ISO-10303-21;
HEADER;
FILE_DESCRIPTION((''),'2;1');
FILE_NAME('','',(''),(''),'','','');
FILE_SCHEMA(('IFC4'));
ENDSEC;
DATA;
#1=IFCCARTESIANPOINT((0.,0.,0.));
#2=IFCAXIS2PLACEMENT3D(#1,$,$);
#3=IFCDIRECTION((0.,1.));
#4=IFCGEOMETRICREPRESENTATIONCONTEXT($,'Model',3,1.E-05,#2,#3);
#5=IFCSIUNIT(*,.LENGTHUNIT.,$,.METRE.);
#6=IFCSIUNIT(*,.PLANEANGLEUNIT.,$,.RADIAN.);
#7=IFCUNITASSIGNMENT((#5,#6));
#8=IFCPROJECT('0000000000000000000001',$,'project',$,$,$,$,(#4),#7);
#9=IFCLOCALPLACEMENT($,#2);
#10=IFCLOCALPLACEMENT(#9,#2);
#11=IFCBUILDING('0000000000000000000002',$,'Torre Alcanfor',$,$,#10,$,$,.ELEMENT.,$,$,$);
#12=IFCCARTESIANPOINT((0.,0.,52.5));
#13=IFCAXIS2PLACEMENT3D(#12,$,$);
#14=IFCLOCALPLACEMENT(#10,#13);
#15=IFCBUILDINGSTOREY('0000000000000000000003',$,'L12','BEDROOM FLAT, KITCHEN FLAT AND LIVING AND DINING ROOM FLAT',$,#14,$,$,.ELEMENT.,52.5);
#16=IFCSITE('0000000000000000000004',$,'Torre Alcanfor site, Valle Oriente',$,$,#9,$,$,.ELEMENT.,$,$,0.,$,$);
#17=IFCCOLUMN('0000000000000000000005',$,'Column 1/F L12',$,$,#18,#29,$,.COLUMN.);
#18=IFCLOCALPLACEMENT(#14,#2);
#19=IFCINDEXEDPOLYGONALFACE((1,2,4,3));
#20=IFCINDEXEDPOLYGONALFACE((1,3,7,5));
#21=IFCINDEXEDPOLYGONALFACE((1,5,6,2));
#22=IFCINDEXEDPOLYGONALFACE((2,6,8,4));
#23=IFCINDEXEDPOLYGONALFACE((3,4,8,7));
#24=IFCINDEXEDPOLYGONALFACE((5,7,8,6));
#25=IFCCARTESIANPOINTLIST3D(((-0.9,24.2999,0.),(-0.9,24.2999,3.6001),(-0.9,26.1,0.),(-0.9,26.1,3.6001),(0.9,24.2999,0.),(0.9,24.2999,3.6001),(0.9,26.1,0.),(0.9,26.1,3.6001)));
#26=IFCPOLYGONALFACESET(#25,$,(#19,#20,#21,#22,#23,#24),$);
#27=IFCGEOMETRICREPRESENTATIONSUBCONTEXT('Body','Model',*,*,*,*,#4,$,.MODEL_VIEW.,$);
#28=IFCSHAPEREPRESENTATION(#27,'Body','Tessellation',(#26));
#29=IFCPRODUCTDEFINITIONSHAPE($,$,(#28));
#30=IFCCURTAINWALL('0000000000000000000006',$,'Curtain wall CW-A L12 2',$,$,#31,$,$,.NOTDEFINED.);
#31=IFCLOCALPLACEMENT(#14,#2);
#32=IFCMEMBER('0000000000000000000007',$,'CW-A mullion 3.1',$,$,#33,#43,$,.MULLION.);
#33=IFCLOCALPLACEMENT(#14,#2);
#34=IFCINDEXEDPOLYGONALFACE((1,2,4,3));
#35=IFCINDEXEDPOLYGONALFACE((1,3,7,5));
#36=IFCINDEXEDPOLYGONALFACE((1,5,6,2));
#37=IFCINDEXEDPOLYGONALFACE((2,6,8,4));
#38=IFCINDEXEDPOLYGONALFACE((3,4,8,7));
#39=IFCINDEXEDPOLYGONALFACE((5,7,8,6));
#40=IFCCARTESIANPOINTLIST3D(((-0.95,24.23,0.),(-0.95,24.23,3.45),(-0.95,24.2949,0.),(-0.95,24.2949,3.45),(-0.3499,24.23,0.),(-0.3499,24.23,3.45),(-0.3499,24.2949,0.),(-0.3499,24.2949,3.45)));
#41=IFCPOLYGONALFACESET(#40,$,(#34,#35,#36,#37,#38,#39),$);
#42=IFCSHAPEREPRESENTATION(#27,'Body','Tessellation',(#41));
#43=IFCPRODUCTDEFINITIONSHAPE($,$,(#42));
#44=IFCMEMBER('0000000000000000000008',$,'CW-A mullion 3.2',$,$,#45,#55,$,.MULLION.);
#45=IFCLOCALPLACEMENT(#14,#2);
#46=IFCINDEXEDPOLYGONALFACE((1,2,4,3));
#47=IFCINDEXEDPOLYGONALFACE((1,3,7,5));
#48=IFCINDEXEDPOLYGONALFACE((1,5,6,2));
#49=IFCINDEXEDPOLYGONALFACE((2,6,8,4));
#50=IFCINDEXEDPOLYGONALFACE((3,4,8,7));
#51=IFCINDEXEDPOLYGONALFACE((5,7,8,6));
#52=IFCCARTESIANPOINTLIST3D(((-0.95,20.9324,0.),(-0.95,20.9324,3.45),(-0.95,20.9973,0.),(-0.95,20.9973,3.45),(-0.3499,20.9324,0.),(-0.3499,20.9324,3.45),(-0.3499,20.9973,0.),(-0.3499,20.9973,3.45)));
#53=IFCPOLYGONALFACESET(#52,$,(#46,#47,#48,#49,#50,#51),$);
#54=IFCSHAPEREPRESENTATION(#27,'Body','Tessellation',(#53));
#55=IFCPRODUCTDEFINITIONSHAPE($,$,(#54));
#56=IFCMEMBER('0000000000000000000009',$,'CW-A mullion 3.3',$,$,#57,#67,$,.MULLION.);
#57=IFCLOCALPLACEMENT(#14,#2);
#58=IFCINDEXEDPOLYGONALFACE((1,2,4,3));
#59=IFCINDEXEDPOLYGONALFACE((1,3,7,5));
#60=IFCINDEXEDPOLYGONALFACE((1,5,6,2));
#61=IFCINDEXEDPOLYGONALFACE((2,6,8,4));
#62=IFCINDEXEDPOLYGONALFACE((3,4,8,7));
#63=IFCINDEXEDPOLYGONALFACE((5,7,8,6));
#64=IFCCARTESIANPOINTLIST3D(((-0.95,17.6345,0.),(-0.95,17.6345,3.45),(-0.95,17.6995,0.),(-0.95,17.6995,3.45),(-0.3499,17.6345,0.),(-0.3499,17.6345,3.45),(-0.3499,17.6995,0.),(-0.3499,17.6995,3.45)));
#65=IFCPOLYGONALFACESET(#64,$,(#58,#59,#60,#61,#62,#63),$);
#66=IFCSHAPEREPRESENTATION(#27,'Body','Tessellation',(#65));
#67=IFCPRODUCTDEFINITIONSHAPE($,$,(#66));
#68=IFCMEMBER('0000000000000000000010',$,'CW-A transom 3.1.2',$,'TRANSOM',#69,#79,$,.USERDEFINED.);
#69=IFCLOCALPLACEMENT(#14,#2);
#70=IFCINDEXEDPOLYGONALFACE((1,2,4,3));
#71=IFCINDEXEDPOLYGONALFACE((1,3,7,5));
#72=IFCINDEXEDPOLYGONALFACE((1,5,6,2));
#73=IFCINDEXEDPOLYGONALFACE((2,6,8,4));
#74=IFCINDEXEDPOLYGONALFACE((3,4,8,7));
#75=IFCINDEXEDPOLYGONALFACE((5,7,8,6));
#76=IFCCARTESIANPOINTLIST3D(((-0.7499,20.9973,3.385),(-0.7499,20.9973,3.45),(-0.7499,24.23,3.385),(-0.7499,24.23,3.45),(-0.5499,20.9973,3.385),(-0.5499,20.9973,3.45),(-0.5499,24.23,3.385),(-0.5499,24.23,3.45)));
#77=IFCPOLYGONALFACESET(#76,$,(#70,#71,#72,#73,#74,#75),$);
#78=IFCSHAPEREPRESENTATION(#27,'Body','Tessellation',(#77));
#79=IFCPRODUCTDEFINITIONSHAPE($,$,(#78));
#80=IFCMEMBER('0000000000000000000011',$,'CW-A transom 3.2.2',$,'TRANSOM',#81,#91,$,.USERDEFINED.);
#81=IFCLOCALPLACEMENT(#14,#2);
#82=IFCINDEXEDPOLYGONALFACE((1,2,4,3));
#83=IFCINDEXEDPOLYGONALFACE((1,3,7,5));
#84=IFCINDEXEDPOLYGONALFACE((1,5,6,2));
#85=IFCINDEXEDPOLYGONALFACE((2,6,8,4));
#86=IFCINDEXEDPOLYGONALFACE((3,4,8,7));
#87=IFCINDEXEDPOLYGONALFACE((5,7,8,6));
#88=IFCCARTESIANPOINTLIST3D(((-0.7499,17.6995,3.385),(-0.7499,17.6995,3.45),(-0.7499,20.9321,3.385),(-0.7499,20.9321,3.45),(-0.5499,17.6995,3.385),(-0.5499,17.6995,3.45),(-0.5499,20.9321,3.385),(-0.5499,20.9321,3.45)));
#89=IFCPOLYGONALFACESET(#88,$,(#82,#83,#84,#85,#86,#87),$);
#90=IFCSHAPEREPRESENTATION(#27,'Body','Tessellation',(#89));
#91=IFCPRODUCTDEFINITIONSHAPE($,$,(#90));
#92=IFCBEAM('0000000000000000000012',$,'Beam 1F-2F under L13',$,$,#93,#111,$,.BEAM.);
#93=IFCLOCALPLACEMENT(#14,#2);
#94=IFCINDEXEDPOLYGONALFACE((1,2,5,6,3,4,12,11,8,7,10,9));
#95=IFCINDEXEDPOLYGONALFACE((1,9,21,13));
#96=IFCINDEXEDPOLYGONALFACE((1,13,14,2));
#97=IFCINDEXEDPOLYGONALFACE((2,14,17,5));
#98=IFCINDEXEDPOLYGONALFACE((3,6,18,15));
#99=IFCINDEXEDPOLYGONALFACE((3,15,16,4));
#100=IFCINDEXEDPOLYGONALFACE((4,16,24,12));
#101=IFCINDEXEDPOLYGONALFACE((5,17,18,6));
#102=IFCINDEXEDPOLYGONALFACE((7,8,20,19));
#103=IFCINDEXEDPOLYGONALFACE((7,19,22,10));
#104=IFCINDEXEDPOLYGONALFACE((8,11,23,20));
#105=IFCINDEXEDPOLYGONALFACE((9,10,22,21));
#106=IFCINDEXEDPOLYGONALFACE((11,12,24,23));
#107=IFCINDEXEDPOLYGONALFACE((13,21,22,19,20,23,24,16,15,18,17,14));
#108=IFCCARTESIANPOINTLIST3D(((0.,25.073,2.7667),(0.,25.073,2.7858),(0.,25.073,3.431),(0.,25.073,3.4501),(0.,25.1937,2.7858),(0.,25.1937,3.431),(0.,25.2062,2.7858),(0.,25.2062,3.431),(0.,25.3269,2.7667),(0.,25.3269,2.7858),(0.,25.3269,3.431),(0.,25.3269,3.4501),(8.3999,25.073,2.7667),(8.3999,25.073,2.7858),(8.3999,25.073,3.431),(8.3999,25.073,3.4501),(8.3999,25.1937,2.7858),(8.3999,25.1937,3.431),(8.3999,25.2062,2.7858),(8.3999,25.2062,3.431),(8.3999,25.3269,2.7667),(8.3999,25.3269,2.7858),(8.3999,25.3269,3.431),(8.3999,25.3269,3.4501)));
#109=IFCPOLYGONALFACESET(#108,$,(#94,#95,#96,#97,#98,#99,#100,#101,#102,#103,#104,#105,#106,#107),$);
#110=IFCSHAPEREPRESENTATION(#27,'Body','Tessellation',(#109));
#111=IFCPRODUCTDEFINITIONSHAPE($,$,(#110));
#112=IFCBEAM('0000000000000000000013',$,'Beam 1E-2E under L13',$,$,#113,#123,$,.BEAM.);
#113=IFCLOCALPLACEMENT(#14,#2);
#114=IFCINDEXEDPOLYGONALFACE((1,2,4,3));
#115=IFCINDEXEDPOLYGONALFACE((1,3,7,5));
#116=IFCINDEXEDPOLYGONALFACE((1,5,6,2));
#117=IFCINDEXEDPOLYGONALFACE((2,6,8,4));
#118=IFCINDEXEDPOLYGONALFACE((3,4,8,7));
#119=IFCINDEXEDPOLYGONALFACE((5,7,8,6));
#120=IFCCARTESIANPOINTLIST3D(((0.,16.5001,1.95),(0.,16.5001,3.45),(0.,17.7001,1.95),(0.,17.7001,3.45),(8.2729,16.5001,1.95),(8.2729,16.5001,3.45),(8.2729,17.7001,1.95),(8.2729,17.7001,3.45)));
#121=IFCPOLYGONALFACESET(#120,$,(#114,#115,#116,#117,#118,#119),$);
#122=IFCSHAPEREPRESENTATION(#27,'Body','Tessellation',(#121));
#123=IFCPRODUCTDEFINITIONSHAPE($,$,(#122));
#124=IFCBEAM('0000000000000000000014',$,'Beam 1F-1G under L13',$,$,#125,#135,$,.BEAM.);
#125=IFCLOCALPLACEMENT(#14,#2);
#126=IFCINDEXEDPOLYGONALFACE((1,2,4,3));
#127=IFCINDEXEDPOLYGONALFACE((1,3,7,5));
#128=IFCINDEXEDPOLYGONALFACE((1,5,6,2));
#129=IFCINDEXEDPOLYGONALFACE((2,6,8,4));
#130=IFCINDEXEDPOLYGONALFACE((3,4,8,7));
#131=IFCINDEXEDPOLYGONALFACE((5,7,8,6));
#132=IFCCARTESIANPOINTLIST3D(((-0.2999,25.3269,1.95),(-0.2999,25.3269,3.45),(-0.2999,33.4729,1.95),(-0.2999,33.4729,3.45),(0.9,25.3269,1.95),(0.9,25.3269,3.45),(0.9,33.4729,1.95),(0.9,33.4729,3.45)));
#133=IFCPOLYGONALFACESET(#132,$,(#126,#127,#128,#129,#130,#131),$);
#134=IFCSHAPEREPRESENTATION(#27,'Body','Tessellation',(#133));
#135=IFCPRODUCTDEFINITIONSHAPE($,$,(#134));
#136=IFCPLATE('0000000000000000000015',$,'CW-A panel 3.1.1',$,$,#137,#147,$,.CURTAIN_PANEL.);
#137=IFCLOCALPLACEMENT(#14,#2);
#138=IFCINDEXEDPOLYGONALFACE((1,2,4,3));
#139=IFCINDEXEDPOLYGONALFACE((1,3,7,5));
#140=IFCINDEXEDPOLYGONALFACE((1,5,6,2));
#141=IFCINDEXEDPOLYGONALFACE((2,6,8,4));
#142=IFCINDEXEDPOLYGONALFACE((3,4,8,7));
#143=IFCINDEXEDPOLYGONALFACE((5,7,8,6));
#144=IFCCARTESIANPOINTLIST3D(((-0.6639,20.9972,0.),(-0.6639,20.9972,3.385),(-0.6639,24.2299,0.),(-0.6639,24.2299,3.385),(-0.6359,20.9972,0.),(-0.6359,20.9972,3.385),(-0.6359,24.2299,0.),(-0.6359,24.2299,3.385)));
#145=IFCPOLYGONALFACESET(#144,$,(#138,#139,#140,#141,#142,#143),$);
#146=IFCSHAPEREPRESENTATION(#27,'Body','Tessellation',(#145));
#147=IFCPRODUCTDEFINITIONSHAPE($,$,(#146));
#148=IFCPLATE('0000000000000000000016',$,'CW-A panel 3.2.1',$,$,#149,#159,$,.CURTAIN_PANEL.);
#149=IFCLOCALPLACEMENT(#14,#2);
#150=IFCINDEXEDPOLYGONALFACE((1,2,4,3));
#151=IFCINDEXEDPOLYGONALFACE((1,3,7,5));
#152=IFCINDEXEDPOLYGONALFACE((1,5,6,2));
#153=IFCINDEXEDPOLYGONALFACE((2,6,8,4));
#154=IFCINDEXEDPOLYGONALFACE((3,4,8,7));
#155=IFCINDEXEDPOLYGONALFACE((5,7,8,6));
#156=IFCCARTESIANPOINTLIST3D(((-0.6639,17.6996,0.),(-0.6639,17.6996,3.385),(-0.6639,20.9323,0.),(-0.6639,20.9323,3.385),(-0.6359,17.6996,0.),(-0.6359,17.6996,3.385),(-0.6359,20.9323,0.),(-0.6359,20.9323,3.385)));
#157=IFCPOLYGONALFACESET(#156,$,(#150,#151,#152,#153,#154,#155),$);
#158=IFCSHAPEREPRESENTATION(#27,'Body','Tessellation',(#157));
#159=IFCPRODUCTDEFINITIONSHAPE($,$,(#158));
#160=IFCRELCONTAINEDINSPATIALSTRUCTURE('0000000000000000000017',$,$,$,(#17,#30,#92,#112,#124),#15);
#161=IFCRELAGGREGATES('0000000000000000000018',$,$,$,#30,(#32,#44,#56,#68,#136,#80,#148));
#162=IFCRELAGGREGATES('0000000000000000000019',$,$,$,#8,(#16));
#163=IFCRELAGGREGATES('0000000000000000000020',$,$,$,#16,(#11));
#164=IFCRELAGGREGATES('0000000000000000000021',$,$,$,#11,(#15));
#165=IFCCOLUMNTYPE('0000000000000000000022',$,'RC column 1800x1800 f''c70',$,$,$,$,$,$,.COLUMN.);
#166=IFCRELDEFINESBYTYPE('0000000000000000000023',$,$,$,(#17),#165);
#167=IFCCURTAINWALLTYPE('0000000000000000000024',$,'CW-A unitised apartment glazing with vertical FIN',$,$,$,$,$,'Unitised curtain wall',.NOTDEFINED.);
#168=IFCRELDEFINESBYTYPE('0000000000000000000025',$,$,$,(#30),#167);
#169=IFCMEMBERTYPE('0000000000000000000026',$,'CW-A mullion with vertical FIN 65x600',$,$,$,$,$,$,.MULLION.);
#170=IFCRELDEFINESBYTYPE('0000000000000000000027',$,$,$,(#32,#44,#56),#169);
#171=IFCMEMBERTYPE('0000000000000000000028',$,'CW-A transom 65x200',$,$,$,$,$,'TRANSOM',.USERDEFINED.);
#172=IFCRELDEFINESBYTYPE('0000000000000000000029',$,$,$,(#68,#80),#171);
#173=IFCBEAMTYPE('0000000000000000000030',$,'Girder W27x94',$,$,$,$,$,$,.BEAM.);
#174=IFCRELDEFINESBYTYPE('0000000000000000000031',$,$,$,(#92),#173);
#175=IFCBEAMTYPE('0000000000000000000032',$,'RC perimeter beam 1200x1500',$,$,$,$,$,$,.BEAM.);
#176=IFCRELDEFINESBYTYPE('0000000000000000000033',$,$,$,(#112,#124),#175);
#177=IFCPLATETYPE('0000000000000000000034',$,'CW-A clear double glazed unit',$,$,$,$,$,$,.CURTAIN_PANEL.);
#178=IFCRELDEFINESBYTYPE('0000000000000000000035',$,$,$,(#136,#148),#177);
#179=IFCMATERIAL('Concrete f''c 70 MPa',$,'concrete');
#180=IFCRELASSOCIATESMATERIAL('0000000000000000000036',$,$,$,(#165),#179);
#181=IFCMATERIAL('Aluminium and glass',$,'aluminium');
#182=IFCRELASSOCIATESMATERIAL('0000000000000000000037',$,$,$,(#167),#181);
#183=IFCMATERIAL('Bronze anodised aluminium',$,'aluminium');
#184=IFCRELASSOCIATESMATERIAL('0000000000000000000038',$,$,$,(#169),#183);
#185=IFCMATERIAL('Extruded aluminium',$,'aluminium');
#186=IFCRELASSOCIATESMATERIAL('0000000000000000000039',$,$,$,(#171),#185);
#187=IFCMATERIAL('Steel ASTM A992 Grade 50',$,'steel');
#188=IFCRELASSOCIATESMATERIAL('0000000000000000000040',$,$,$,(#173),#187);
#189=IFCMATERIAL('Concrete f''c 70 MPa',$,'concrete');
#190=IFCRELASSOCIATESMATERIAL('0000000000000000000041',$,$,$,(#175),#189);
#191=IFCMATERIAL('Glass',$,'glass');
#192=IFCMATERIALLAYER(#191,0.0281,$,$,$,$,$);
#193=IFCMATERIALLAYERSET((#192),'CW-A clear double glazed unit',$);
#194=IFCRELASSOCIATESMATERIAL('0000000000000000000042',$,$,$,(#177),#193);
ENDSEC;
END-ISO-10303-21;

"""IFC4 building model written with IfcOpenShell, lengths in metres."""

from ifc_helpers import new_model, si_unit, direction, frame, origin, origin_2d, place, context, subcontext, project, spatial, rectangle, i_section, extrude, material, layer, layer_set, material_profile, profile_set, type_object, element, aggregate, save


model = new_model("IFC4")

# Units and contexts
model_context = context("Model", 3, precision=1e-05, world=origin(), true_north=direction((0.0, 1.0)))
body_context = subcontext(model_context, "Body", "Model", "MODEL_VIEW")
ifc_project = project(units=[si_unit("LENGTHUNIT", "METRE"), si_unit("PLANEANGLEUNIT", "RADIAN")], contexts=[model_context])

# Site, building, storey
site_placement = place(None, origin())
site = spatial("IfcSite", under=ifc_project, at=site_placement, Name="Torre Alcanfor site, Valle Oriente", CompositionType="ELEMENT", RefElevation=0.0)
building_placement = place(site_placement, origin())
building = spatial("IfcBuilding", under=site, at=building_placement, Name="Torre Alcanfor", CompositionType="ELEMENT")
storey_placement = place(building_placement, frame((0.0, 0.0, 52.5)))
storey = spatial("IfcBuildingStorey", under=building, at=storey_placement, Name="L12", Description="BEDROOM FLAT, KITCHEN FLAT AND LIVING AND DINING ROOM FLAT", CompositionType="ELEMENT", Elevation=52.5)

# Column
ifc_material_1 = material(Name="Concrete f'c 70 MPa", Category="concrete")
ifc_material_profile_1 = material_profile(ifc_material_1, rectangle(XDim=1.8, YDim=1.8, at=origin_2d()), Name="1800x1800")
ifc_profile_set_1 = profile_set([ifc_material_profile_1], Name="Concrete f'c 70 MPa")
column_type = type_object("IfcColumnType", Name="RC column 1800x1800 f'c70", PredefinedType="COLUMN", material=ifc_profile_set_1)
column_placement = place(storey_placement, frame((0.0, 25.2, 0.0), z_axis=(0.0, 0.0, 1.0), x_axis=(1.0, 0.0, 0.0)))
element("IfcColumn", 1, at=column_placement, inside=storey, type_object=column_type, Name="Column 1/F L12", PredefinedType="COLUMN", context=body_context, shape_type="SweptSolid", body=[
    extrude(rectangle(XDim=1.8, YDim=1.8, at=origin_2d()), origin(), (0.0, 0.0, 1.0), 3.6001),
])

# Curtain wall, members
ifc_material_2 = material(Name="Aluminium and glass", Category="aluminium")
curtain_wall_type = type_object("IfcCurtainWallType", Name="CW-A unitised apartment glazing with vertical FIN", ElementType="Unitised curtain wall", PredefinedType="NOTDEFINED", material=ifc_material_2)
curtain_wall_placement = place(storey_placement, origin())
curtain_wall = element("IfcCurtainWall", 2, at=curtain_wall_placement, inside=storey, type_object=curtain_wall_type, Name="Curtain wall CW-A L12 2", PredefinedType="NOTDEFINED")
ifc_material_3 = material(Name="Bronze anodised aluminium", Category="aluminium")
ifc_material_profile_2 = material_profile(ifc_material_3, rectangle(XDim=0.6001, YDim=0.0649, at=origin_2d()), Name="CW-A mullion 65x600")
ifc_profile_set_2 = profile_set([ifc_material_profile_2], Name="Bronze anodised aluminium")
member_type_1 = type_object("IfcMemberType", Name="CW-A mullion with vertical FIN 65x600", PredefinedType="MULLION", material=ifc_profile_set_2)
member_1_placement = place(storey_placement, frame((-0.6499, 24.2625, 0.0), z_axis=(0.0, 0.0, 1.0), x_axis=(1.0, 0.0, 0.0)))
member_1 = element("IfcMember", 3, at=member_1_placement, type_object=member_type_1, Name="CW-A mullion 3.1", PredefinedType="MULLION", context=body_context, shape_type="SweptSolid", body=[
    extrude(rectangle(XDim=0.6001, YDim=0.0649, at=origin_2d()), origin(), (0.0, 0.0, 1.0), 3.45),
])
member_2_placement = place(storey_placement, frame((-0.6499, 20.9648, 0.0), z_axis=(0.0, 0.0, 1.0), x_axis=(1.0, 0.0, 0.0)))
member_2 = element("IfcMember", 4, at=member_2_placement, type_object=member_type_1, Name="CW-A mullion 3.2", PredefinedType="MULLION", context=body_context, shape_type="SweptSolid", body=[
    extrude(rectangle(XDim=0.6001, YDim=0.0649, at=origin_2d()), origin(), (0.0, 0.0, 1.0), 3.45),
])
member_3_placement = place(storey_placement, frame((-0.6499, 17.667, 0.0), z_axis=(0.0, 0.0, 1.0), x_axis=(1.0, 0.0, 0.0)))
member_3 = element("IfcMember", 5, at=member_3_placement, type_object=member_type_1, Name="CW-A mullion 3.3", PredefinedType="MULLION", context=body_context, shape_type="SweptSolid", body=[
    extrude(rectangle(XDim=0.6001, YDim=0.0649, at=origin_2d()), origin(), (0.0, 0.0, 1.0), 3.45),
])
ifc_material_4 = material(Name="Extruded aluminium", Category="aluminium")
ifc_material_profile_3 = material_profile(ifc_material_4, rectangle(XDim=0.2, YDim=0.0649, at=origin_2d()), Name="CW-A transom 200x65")
ifc_profile_set_3 = profile_set([ifc_material_profile_3], Name="Extruded aluminium")
member_type_2 = type_object("IfcMemberType", Name="CW-A transom 65x200", ElementType="TRANSOM", PredefinedType="USERDEFINED", material=ifc_profile_set_3)
member_4_placement = place(storey_placement, frame((-0.6499, 24.23, 3.4175), z_axis=(0.0, -1.0, 0.0), x_axis=(1.0, 0.0, 0.0)))
member_4 = element("IfcMember", 6, at=member_4_placement, type_object=member_type_2, Name="CW-A transom 3.1.2", ObjectType="TRANSOM", PredefinedType="USERDEFINED", context=body_context, shape_type="SweptSolid", body=[
    extrude(rectangle(XDim=0.2, YDim=0.0649, at=origin_2d()), origin(), (0.0, 0.0, 1.0), 3.2327),
])
member_5_placement = place(storey_placement, frame((-0.6499, 20.9321, 3.4175), z_axis=(0.0, -1.0, 0.0), x_axis=(1.0, 0.0, 0.0)))
member_5 = element("IfcMember", 7, at=member_5_placement, type_object=member_type_2, Name="CW-A transom 3.2.2", ObjectType="TRANSOM", PredefinedType="USERDEFINED", context=body_context, shape_type="SweptSolid", body=[
    extrude(rectangle(XDim=0.2, YDim=0.0649, at=origin_2d()), origin(), (0.0, 0.0, 1.0), 3.2327),
])

# Beams
ifc_material_5 = material(Name="Steel ASTM A992 Grade 50", Category="steel")
ifc_material_profile_4 = material_profile(ifc_material_5, i_section(OverallWidth=0.2539, OverallDepth=0.6833, WebThickness=0.0125, FlangeThickness=0.019, at=origin_2d()), Name="W27x94")
ifc_profile_set_4 = profile_set([ifc_material_profile_4], Name="Steel ASTM A992 Grade 50")
beam_type_1 = type_object("IfcBeamType", Name="Girder W27x94", PredefinedType="BEAM", material=ifc_profile_set_4)
beam_1_placement = place(storey_placement, frame((0.0, 25.2, 3.1084), z_axis=(1.0, 0.0, 0.0), x_axis=(0.0, 1.0, 0.0)))
element("IfcBeam", 8, at=beam_1_placement, inside=storey, type_object=beam_type_1, Name="Beam 1F-2F under L13", PredefinedType="BEAM", context=body_context, shape_type="SweptSolid", body=[
    extrude(i_section(OverallWidth=0.2539, OverallDepth=0.6833, WebThickness=0.0125, FlangeThickness=0.019, at=origin_2d()), origin(), (0.0, 0.0, 1.0), 8.3999),
])
ifc_material_6 = material(Name="Concrete f'c 70 MPa", Category="concrete")
ifc_material_profile_5 = material_profile(ifc_material_6, rectangle(XDim=1.2, YDim=1.5, at=origin_2d()), Name="1200x1500")
ifc_profile_set_5 = profile_set([ifc_material_profile_5], Name="Concrete f'c 70 MPa")
beam_type_2 = type_object("IfcBeamType", Name="RC perimeter beam 1200x1500", PredefinedType="BEAM", material=ifc_profile_set_5)
beam_2_placement = place(storey_placement, frame((0.0, 17.1001, 2.7), z_axis=(1.0, 0.0, 0.0), x_axis=(0.0, 1.0, 0.0)))
element("IfcBeam", 9, at=beam_2_placement, inside=storey, type_object=beam_type_2, Name="Beam 1E-2E under L13", PredefinedType="BEAM", context=body_context, shape_type="SweptSolid", body=[
    extrude(rectangle(XDim=1.2, YDim=1.5, at=origin_2d()), origin(), (0.0, 0.0, 1.0), 8.2729),
])
beam_3_placement = place(storey_placement, frame((0.3, 25.3269, 2.7), z_axis=(0.0, 1.0, 0.0), x_axis=(-1.0, 0.0, 0.0)))
element("IfcBeam", 10, at=beam_3_placement, inside=storey, type_object=beam_type_2, Name="Beam 1F-1G under L13", PredefinedType="BEAM", context=body_context, shape_type="SweptSolid", body=[
    extrude(rectangle(XDim=1.2, YDim=1.5, at=origin_2d()), origin(), (0.0, 0.0, 1.0), 8.146),
])

# Plates
ifc_material_7 = material(Name="Glass", Category="glass")
ifc_layer_1 = layer(ifc_material_7, 0.0281)
ifc_layer_set_1 = layer_set([ifc_layer_1], Name="CW-A clear double glazed unit")
plate_type = type_object("IfcPlateType", Name="CW-A clear double glazed unit", PredefinedType="CURTAIN_PANEL", material=ifc_layer_set_1)
plate_1_placement = place(storey_placement, frame((-0.6499, 22.6135, 0.0), z_axis=(0.0, 0.0, 1.0), x_axis=(0.0, -1.0, 0.0)))
plate_1 = element("IfcPlate", 11, at=plate_1_placement, type_object=plate_type, Name="CW-A panel 3.1.1", PredefinedType="CURTAIN_PANEL", context=body_context, shape_type="SweptSolid", body=[
    extrude(rectangle(XDim=3.2327, YDim=0.0281, at=origin_2d()), origin(), (0.0, 0.0, 1.0), 3.385),
])
plate_2_placement = place(storey_placement, frame((-0.6499, 19.3159, 0.0), z_axis=(0.0, 0.0, 1.0), x_axis=(0.0, -1.0, 0.0)))
plate_2 = element("IfcPlate", 12, at=plate_2_placement, type_object=plate_type, Name="CW-A panel 3.2.1", PredefinedType="CURTAIN_PANEL", context=body_context, shape_type="SweptSolid", body=[
    extrude(rectangle(XDim=3.2327, YDim=0.0281, at=origin_2d()), origin(), (0.0, 0.0, 1.0), 3.385),
])
aggregate(curtain_wall, [member_1, member_2, member_3, member_4, plate_1, member_5, plate_2])

save(model, "model.ifc")
